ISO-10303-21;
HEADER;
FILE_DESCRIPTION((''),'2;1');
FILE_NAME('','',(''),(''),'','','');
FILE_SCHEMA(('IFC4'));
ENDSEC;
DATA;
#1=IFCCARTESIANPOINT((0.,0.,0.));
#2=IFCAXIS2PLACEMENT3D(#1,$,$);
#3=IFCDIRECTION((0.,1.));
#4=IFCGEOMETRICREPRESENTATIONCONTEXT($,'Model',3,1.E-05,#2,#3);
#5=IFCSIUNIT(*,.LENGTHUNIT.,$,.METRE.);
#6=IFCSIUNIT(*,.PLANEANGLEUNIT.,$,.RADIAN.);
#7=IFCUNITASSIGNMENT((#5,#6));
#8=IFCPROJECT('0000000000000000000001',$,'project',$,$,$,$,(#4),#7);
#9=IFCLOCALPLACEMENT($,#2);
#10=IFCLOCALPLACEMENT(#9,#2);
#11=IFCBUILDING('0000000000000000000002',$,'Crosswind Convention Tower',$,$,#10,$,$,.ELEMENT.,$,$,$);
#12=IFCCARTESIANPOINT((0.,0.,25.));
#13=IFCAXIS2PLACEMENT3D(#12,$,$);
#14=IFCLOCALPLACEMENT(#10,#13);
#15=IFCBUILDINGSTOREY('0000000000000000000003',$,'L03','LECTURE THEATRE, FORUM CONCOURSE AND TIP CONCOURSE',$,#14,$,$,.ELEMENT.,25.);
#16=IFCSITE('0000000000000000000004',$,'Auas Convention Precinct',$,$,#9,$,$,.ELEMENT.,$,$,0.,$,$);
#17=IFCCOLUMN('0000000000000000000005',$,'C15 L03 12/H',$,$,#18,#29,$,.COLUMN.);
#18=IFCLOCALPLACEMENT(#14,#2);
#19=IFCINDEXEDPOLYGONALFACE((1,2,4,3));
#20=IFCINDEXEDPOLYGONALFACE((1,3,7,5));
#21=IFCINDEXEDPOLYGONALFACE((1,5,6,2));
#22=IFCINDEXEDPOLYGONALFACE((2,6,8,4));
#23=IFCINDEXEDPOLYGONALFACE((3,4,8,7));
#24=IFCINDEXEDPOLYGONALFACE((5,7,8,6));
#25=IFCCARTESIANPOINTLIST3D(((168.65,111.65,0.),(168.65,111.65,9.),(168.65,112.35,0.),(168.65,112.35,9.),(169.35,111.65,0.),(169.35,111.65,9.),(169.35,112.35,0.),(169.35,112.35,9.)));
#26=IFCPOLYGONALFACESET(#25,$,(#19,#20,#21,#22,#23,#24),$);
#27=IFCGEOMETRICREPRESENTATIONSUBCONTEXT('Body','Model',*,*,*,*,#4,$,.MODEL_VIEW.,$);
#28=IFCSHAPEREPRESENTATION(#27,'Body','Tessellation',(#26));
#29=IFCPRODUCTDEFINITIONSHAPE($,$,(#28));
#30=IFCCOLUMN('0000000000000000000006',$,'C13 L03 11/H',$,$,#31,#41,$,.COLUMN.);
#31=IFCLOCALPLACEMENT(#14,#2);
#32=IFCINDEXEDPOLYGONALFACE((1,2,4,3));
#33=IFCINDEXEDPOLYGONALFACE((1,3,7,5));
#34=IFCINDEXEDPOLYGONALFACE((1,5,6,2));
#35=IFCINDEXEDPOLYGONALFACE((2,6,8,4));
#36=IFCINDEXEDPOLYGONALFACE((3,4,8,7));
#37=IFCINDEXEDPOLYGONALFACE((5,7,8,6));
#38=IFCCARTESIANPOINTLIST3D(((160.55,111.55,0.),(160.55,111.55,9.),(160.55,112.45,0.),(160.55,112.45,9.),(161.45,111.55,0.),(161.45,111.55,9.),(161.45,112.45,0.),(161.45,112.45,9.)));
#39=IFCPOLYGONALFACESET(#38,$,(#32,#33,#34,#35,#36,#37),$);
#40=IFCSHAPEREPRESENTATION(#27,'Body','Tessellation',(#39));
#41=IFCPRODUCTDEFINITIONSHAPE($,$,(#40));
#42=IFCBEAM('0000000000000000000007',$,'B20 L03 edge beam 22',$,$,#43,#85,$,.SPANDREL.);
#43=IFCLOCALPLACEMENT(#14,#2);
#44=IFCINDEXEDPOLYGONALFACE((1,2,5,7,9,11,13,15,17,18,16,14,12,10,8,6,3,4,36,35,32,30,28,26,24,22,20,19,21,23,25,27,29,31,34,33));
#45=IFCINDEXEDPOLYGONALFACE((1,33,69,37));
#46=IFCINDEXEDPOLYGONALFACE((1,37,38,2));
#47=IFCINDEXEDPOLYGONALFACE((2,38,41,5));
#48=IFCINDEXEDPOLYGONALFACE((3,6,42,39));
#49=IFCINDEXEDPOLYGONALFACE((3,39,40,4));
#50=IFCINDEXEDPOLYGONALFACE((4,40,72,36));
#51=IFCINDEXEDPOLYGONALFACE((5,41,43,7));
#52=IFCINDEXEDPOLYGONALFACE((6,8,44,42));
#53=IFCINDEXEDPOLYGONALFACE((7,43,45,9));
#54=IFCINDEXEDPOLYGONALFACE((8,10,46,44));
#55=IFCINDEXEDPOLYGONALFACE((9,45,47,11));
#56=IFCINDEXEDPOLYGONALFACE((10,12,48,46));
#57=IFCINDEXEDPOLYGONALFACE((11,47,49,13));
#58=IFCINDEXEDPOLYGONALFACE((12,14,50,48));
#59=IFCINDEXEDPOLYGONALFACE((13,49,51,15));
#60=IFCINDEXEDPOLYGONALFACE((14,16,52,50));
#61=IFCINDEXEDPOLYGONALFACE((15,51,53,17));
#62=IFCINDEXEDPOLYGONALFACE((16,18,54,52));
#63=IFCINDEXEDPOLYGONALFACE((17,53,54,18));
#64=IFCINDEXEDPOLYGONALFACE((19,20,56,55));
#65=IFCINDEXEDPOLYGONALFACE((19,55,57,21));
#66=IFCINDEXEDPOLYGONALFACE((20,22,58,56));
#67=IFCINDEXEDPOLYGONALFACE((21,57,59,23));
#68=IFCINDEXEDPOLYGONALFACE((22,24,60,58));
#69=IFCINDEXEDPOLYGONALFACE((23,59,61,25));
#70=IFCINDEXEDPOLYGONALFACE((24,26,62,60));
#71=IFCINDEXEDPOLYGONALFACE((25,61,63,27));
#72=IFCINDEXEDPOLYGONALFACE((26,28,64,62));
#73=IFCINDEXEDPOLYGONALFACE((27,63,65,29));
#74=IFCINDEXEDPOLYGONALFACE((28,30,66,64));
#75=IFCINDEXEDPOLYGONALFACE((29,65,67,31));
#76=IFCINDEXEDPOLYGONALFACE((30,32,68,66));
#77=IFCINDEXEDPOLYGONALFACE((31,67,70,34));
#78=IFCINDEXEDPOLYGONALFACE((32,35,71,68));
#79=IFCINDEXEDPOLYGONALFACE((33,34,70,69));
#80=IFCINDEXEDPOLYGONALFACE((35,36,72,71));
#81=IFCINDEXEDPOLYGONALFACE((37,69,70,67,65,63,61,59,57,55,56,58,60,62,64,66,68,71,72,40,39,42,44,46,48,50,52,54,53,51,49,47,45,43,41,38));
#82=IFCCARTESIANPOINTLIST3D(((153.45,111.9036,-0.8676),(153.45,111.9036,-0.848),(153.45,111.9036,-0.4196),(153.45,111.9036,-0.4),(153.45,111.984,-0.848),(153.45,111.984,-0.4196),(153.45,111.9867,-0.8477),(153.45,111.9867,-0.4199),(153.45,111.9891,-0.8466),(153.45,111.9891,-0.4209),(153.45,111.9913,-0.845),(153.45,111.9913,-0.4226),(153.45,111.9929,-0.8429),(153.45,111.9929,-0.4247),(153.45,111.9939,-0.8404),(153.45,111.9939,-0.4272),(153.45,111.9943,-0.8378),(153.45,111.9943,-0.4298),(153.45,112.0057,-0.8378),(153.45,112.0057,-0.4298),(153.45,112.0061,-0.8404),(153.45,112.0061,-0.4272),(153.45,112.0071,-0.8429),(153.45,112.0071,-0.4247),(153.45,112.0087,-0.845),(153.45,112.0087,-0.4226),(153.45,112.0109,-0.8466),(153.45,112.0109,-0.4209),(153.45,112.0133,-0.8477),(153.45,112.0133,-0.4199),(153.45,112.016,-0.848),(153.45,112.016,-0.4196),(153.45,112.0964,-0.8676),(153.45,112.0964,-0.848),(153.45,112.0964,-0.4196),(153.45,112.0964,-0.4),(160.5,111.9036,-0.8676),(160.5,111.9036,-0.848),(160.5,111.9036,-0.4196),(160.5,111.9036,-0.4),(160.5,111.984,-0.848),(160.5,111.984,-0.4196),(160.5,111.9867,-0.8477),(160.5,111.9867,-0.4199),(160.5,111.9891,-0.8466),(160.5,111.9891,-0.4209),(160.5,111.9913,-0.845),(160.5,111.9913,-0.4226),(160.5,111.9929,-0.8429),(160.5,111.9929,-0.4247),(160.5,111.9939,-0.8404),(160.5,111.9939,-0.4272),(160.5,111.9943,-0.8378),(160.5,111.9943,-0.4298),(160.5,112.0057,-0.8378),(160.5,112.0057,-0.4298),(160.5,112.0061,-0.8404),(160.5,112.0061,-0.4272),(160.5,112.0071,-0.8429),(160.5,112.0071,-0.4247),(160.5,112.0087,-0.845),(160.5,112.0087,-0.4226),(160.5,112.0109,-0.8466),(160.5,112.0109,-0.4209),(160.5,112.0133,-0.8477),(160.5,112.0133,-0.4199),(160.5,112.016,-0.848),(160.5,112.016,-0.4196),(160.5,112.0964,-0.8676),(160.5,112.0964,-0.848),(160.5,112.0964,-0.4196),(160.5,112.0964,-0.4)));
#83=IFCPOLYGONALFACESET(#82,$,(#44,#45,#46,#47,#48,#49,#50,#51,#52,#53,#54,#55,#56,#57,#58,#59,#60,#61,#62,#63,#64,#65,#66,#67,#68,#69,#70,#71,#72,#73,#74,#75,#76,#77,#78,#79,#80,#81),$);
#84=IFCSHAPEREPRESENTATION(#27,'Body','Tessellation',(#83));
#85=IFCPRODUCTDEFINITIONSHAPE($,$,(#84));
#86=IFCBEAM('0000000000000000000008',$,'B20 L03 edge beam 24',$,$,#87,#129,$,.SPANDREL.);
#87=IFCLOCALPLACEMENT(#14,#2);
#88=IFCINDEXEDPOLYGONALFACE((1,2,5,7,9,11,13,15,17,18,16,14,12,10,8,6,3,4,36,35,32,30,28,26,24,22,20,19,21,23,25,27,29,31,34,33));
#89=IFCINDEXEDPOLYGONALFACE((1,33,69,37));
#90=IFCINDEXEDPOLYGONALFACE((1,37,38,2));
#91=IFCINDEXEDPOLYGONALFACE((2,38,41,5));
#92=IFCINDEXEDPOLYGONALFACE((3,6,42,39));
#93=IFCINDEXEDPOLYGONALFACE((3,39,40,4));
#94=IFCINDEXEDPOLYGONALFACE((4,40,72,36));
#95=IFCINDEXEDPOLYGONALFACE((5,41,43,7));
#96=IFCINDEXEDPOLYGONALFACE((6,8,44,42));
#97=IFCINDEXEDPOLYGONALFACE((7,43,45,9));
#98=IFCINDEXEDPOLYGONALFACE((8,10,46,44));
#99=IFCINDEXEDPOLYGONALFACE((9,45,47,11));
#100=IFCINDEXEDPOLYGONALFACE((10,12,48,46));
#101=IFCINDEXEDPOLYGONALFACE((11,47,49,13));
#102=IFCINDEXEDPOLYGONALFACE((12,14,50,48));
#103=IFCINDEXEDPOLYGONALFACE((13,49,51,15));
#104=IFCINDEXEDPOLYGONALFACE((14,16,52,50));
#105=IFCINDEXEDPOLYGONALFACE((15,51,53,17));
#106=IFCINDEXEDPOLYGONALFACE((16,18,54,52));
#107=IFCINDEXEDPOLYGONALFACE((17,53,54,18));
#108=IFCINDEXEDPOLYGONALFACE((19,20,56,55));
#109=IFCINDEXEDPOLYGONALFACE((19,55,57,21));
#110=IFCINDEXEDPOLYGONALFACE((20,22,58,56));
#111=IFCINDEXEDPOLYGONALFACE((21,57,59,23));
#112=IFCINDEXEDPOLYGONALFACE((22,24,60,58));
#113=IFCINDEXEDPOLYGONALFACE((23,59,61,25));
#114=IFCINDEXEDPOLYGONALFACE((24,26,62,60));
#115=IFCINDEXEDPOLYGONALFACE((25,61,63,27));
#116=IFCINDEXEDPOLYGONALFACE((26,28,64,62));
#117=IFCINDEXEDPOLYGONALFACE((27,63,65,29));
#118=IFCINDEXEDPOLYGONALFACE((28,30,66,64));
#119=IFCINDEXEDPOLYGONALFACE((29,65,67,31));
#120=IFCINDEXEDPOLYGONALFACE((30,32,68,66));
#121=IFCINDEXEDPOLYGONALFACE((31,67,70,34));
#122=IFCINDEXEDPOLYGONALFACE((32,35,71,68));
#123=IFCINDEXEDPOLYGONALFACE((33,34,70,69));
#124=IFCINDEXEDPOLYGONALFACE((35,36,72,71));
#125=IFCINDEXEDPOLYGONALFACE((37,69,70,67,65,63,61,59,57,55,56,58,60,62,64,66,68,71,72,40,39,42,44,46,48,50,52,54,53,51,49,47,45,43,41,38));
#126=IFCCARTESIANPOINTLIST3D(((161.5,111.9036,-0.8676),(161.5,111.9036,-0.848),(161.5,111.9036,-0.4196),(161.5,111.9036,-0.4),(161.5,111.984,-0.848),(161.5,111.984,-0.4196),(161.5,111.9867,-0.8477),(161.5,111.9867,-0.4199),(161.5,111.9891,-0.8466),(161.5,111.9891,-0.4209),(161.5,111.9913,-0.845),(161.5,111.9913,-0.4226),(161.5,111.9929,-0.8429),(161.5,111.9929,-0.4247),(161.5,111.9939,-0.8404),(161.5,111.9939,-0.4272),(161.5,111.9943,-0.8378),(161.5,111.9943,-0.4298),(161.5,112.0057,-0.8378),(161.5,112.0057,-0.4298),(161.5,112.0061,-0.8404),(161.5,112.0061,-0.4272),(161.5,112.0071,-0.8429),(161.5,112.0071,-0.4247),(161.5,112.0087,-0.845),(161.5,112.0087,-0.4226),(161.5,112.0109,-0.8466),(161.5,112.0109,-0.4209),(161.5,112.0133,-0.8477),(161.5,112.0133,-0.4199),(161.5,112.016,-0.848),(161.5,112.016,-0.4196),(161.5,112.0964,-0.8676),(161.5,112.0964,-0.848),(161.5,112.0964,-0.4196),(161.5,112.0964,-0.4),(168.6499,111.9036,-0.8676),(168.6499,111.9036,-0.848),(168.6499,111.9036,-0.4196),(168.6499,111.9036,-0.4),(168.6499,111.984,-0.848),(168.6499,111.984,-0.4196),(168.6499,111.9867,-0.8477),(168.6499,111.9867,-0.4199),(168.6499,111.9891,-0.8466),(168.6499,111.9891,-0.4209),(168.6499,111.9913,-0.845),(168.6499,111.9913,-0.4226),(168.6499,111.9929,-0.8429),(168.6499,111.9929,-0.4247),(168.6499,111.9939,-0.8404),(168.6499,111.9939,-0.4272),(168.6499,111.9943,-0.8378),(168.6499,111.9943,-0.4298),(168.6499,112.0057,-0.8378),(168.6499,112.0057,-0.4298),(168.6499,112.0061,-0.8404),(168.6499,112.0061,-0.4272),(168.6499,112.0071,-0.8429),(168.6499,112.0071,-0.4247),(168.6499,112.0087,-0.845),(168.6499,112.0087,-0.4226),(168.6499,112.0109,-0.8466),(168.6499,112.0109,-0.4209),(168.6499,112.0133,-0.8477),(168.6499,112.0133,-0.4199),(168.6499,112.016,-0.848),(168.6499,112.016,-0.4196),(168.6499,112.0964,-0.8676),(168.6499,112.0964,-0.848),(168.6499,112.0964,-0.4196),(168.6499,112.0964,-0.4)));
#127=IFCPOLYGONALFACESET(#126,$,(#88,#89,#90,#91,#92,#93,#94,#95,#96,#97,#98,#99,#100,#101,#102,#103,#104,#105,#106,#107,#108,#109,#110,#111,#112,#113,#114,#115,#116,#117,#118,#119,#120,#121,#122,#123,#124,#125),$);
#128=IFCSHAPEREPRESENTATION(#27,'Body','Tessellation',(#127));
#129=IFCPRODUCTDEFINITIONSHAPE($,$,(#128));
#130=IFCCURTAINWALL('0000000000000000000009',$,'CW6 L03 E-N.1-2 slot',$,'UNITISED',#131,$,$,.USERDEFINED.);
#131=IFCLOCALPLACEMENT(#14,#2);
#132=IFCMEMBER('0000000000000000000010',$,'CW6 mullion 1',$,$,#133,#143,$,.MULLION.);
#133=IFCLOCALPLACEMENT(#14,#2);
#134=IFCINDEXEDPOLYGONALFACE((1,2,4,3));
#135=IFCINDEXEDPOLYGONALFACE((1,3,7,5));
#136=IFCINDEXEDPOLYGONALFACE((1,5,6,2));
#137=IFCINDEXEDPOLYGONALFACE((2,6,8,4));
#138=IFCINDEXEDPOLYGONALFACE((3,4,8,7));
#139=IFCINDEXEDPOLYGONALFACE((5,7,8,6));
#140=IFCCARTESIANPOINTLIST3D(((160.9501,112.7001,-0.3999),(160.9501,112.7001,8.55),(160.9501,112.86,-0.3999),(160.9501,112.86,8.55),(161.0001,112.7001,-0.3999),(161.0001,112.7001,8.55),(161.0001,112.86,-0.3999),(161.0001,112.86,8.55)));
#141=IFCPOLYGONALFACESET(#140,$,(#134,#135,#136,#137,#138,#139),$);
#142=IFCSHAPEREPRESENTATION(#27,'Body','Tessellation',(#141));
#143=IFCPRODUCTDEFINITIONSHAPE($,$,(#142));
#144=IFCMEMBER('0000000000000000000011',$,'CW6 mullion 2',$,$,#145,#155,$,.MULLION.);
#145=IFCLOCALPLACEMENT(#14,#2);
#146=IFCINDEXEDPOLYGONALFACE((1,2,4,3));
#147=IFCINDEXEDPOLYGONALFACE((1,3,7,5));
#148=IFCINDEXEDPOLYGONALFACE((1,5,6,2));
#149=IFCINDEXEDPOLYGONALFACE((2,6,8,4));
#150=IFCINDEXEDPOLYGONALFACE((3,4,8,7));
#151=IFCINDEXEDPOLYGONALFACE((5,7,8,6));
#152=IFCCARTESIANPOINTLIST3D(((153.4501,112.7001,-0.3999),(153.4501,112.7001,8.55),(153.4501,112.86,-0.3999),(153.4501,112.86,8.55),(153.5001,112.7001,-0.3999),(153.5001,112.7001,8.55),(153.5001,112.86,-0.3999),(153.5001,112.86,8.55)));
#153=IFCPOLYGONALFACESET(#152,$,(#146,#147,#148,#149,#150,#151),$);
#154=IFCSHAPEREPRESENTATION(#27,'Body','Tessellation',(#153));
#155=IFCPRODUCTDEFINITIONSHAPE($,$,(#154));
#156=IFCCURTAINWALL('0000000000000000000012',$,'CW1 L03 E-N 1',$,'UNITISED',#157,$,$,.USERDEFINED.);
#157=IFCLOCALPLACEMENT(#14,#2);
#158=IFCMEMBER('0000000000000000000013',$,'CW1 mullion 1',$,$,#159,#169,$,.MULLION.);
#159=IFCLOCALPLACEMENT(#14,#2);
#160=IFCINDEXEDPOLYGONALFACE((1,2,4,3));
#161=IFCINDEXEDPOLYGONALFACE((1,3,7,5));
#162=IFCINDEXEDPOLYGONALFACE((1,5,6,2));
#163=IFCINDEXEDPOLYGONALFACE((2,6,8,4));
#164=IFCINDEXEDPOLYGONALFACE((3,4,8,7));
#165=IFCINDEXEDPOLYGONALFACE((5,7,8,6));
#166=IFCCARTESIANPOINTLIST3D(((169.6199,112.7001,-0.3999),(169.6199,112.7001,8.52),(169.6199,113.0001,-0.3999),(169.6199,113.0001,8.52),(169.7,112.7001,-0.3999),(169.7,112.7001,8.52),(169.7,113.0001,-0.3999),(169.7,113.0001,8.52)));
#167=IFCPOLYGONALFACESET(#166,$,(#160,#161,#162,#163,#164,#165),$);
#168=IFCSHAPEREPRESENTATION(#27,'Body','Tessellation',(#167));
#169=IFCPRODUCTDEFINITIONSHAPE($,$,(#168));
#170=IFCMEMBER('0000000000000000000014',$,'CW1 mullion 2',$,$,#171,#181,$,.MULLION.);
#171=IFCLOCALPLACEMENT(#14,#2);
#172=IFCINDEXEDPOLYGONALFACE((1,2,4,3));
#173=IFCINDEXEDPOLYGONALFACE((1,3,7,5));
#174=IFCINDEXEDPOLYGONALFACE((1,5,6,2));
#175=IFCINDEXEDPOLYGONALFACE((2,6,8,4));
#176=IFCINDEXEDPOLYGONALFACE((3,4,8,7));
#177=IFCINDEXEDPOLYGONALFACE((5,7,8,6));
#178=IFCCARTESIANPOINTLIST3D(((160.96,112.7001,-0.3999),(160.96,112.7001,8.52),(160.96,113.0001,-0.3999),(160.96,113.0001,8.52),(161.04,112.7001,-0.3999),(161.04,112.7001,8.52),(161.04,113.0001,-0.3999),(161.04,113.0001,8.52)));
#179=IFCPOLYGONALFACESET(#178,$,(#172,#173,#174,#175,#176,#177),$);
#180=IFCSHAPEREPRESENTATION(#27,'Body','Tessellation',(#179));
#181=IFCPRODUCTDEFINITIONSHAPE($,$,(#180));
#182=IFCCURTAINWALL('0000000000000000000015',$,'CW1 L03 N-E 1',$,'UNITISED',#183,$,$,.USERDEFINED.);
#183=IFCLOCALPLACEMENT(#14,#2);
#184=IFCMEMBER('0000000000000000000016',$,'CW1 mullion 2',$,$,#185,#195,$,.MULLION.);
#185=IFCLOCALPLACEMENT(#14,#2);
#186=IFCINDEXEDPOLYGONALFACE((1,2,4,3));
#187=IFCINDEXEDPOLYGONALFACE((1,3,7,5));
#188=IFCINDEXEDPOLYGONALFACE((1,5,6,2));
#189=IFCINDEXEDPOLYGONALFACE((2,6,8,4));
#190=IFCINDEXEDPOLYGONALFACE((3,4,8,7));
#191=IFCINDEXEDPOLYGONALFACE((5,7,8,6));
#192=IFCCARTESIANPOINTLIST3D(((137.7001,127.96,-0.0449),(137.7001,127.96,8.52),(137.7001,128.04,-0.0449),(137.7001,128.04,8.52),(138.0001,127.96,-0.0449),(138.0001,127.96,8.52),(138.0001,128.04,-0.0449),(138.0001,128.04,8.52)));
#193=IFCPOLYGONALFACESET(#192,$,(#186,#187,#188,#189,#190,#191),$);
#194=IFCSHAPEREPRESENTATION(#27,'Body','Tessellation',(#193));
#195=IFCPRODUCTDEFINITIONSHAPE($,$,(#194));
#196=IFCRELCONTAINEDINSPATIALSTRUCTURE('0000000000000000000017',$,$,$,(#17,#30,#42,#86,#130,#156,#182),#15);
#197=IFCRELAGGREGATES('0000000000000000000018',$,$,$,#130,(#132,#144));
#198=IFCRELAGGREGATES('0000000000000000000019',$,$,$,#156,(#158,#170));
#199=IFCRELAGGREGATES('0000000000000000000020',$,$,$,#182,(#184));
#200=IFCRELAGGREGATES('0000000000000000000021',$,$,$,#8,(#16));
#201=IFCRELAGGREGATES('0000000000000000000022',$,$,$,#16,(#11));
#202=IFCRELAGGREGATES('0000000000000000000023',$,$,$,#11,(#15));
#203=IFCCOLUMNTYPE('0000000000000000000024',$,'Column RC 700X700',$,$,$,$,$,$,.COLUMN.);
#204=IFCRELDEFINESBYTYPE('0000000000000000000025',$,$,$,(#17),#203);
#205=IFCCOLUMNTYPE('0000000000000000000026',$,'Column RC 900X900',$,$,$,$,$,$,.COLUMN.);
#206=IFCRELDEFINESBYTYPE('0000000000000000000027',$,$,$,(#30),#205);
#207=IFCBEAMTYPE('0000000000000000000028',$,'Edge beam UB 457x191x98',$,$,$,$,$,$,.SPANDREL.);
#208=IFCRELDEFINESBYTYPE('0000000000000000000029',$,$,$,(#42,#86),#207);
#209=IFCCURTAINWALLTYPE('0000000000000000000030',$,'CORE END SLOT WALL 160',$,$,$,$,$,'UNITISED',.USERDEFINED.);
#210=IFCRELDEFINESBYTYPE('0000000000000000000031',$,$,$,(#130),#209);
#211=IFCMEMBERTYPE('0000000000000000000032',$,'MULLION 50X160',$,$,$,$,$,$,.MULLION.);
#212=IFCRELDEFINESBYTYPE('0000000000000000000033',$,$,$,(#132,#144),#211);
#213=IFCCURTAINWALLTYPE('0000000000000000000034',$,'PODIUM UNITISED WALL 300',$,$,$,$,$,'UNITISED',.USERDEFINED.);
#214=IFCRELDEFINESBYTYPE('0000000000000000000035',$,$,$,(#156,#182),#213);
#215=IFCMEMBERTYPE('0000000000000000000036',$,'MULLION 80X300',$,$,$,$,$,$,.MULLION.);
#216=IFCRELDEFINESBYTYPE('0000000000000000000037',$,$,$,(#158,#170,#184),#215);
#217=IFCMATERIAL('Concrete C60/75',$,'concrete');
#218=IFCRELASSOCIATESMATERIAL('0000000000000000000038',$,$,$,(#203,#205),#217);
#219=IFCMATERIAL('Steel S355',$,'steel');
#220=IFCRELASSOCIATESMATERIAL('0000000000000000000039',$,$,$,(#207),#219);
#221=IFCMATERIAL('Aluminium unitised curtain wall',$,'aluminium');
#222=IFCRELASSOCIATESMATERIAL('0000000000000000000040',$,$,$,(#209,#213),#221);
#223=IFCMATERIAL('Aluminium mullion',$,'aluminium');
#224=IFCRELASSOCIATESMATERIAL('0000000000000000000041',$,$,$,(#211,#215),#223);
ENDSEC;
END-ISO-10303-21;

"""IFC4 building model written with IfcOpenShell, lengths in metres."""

from ifc_helpers import new_model, si_unit, direction, frame, origin, origin_2d, place, context, subcontext, project, spatial, rectangle, i_section, extrude, material, material_profile, profile_set, type_object, element, aggregate, save


model = new_model("IFC4")

# Units and contexts
model_context = context("Model", 3, precision=1e-05, world=origin(), true_north=direction((0.0, 1.0)))
body_context = subcontext(model_context, "Body", "Model", "MODEL_VIEW")
ifc_project = project(units=[si_unit("LENGTHUNIT", "METRE"), si_unit("PLANEANGLEUNIT", "RADIAN")], contexts=[model_context])

# Site, building, storey
site_placement = place(None, origin())
site = spatial("IfcSite", under=ifc_project, at=site_placement, Name="Auas Convention Precinct", CompositionType="ELEMENT", RefElevation=0.0)
building_placement = place(site_placement, origin())
building = spatial("IfcBuilding", under=site, at=building_placement, Name="Crosswind Convention Tower", CompositionType="ELEMENT")
storey_placement = place(building_placement, frame((0.0, 0.0, 25.0)))
storey = spatial("IfcBuildingStorey", under=building, at=storey_placement, Name="L03", Description="LECTURE THEATRE, FORUM CONCOURSE AND TIP CONCOURSE", CompositionType="ELEMENT", Elevation=25.0)

# Columns
ifc_material_1 = material(Name="Concrete C60/75", Category="concrete")
ifc_material_profile_1 = material_profile(ifc_material_1, rectangle(XDim=0.7, YDim=0.7, at=origin_2d()), Name="RC 700X700")
ifc_profile_set_1 = profile_set([ifc_material_profile_1], Name="Concrete C60/75")
column_type_1 = type_object("IfcColumnType", Name="Column RC 700X700", PredefinedType="COLUMN", material=ifc_profile_set_1)
column_1_placement = place(storey_placement, frame((169.0, 112.0, 0.0), z_axis=(0.0, 0.0, 1.0), x_axis=(1.0, 0.0, 0.0)))
element("IfcColumn", 1, at=column_1_placement, inside=storey, type_object=column_type_1, Name="C15 L03 12/H", PredefinedType="COLUMN", context=body_context, shape_type="SweptSolid", body=[
    extrude(rectangle(XDim=0.7, YDim=0.7, at=origin_2d()), origin(), (0.0, 0.0, 1.0), 9.0),
])
ifc_material_profile_2 = material_profile(ifc_material_1, rectangle(XDim=0.8999, YDim=0.8999, at=origin_2d()), Name="RC 900X900")
ifc_profile_set_2 = profile_set([ifc_material_profile_2], Name="Concrete C60/75")
column_type_2 = type_object("IfcColumnType", Name="Column RC 900X900", PredefinedType="COLUMN", material=ifc_profile_set_2)
column_2_placement = place(storey_placement, frame((161.0, 112.0, 0.0), z_axis=(0.0, 0.0, 1.0), x_axis=(1.0, 0.0, 0.0)))
element("IfcColumn", 2, at=column_2_placement, inside=storey, type_object=column_type_2, Name="C13 L03 11/H", PredefinedType="COLUMN", context=body_context, shape_type="SweptSolid", body=[
    extrude(rectangle(XDim=0.8999, YDim=0.8999, at=origin_2d()), origin(), (0.0, 0.0, 1.0), 9.0),
])

# Beams
ifc_material_2 = material(Name="Steel S355", Category="steel")
ifc_material_profile_3 = material_profile(ifc_material_2, i_section(OverallWidth=0.1929, OverallDepth=0.4675, WebThickness=0.0115, FlangeThickness=0.0195, FilletRadius=0.0103, at=origin_2d()), Name="UB 457x191x98")
ifc_profile_set_3 = profile_set([ifc_material_profile_3], Name="Steel S355")
beam_type_1 = type_object("IfcBeamType", Name="Edge beam UB 457x191x98", PredefinedType="SPANDREL", material=ifc_profile_set_3)
beam_1_placement = place(storey_placement, frame((153.45, 112.0, -0.6338), z_axis=(1.0, 0.0, 0.0), x_axis=(0.0, 1.0, 0.0)))
element("IfcBeam", 3, at=beam_1_placement, inside=storey, type_object=beam_type_1, Name="B20 L03 edge beam 22", PredefinedType="SPANDREL", context=body_context, shape_type="SweptSolid", body=[
    extrude(i_section(OverallWidth=0.1929, OverallDepth=0.4675, WebThickness=0.0115, FlangeThickness=0.0195, FilletRadius=0.0103, at=origin_2d()), origin(), (0.0, 0.0, 1.0), 7.05),
])
beam_2_placement = place(storey_placement, frame((161.5, 112.0, -0.6338), z_axis=(1.0, 0.0, 0.0), x_axis=(0.0, 1.0, 0.0)))
element("IfcBeam", 4, at=beam_2_placement, inside=storey, type_object=beam_type_1, Name="B20 L03 edge beam 24", PredefinedType="SPANDREL", context=body_context, shape_type="SweptSolid", body=[
    extrude(i_section(OverallWidth=0.1929, OverallDepth=0.4675, WebThickness=0.0115, FlangeThickness=0.0195, FilletRadius=0.0103, at=origin_2d()), origin(), (0.0, 0.0, 1.0), 7.1499),
])

# Curtain walls, members
ifc_material_3 = material(Name="Aluminium unitised curtain wall", Category="aluminium")
curtain_wall_type_1 = type_object("IfcCurtainWallType", Name="CORE END SLOT WALL 160", ElementType="UNITISED", PredefinedType="USERDEFINED", material=ifc_material_3)
curtain_wall_1_placement = place(storey_placement, origin())
curtain_wall_1 = element("IfcCurtainWall", 5, at=curtain_wall_1_placement, inside=storey, type_object=curtain_wall_type_1, Name="CW6 L03 E-N.1-2 slot", ObjectType="UNITISED", PredefinedType="USERDEFINED")
ifc_material_4 = material(Name="Aluminium mullion", Category="aluminium")
ifc_material_profile_4 = material_profile(ifc_material_4, rectangle(XDim=0.1599, YDim=0.05, at=origin_2d()), Name="AL 160X50")
ifc_profile_set_4 = profile_set([ifc_material_profile_4], Name="Aluminium mullion")
member_type_1 = type_object("IfcMemberType", Name="MULLION 50X160", PredefinedType="MULLION", material=ifc_profile_set_4)
member_1_placement = place(storey_placement, frame((160.9751, 112.78, -0.3999), z_axis=(0.0, 0.0, 1.0), x_axis=(0.0, 1.0, 0.0)))
member_1 = element("IfcMember", 6, at=member_1_placement, type_object=member_type_1, Name="CW6 mullion 1", PredefinedType="MULLION", context=body_context, shape_type="SweptSolid", body=[
    extrude(rectangle(XDim=0.1599, YDim=0.05, at=origin_2d()), origin(), (0.0, 0.0, 1.0), 8.95),
])
member_2_placement = place(storey_placement, frame((153.4751, 112.78, -0.3999), z_axis=(0.0, 0.0, 1.0), x_axis=(0.0, 1.0, 0.0)))
member_2 = element("IfcMember", 7, at=member_2_placement, type_object=member_type_1, Name="CW6 mullion 2", PredefinedType="MULLION", context=body_context, shape_type="SweptSolid", body=[
    extrude(rectangle(XDim=0.1599, YDim=0.05, at=origin_2d()), origin(), (0.0, 0.0, 1.0), 8.95),
])
curtain_wall_type_2 = type_object("IfcCurtainWallType", Name="PODIUM UNITISED WALL 300", ElementType="UNITISED", PredefinedType="USERDEFINED", material=ifc_material_3)
curtain_wall_2_placement = place(storey_placement, origin())
curtain_wall_2 = element("IfcCurtainWall", 8, at=curtain_wall_2_placement, inside=storey, type_object=curtain_wall_type_2, Name="CW1 L03 E-N 1", ObjectType="UNITISED", PredefinedType="USERDEFINED")
ifc_material_profile_5 = material_profile(ifc_material_4, rectangle(XDim=0.3, YDim=0.0801, at=origin_2d()), Name="AL 300X80")
ifc_profile_set_5 = profile_set([ifc_material_profile_5], Name="Aluminium mullion")
member_type_2 = type_object("IfcMemberType", Name="MULLION 80X300", PredefinedType="MULLION", material=ifc_profile_set_5)
member_3_placement = place(storey_placement, frame((169.6599, 112.8501, -0.3999), z_axis=(0.0, 0.0, 1.0), x_axis=(0.0, 1.0, 0.0)))
member_3 = element("IfcMember", 9, at=member_3_placement, type_object=member_type_2, Name="CW1 mullion 1", PredefinedType="MULLION", context=body_context, shape_type="SweptSolid", body=[
    extrude(rectangle(XDim=0.3, YDim=0.0801, at=origin_2d()), origin(), (0.0, 0.0, 1.0), 8.9199),
])
member_4_placement = place(storey_placement, frame((161.0, 112.8501, -0.3999), z_axis=(0.0, 0.0, 1.0), x_axis=(0.0, 1.0, 0.0)))
member_4 = element("IfcMember", 10, at=member_4_placement, type_object=member_type_2, Name="CW1 mullion 2", PredefinedType="MULLION", context=body_context, shape_type="SweptSolid", body=[
    extrude(rectangle(XDim=0.3, YDim=0.0801, at=origin_2d()), origin(), (0.0, 0.0, 1.0), 8.9199),
])
curtain_wall_3_placement = place(storey_placement, origin())
curtain_wall_3 = element("IfcCurtainWall", 11, at=curtain_wall_3_placement, inside=storey, type_object=curtain_wall_type_2, Name="CW1 L03 N-E 1", ObjectType="UNITISED", PredefinedType="USERDEFINED")
member_5_placement = place(storey_placement, frame((137.8501, 128.0, -0.0449), z_axis=(0.0, 0.0, 1.0), x_axis=(1.0, 0.0, 0.0)))
member_5 = element("IfcMember", 12, at=member_5_placement, type_object=member_type_2, Name="CW1 mullion 2", PredefinedType="MULLION", context=body_context, shape_type="SweptSolid", body=[
    extrude(rectangle(XDim=0.3, YDim=0.0801, at=origin_2d()), origin(), (0.0, 0.0, 1.0), 8.5649),
])

aggregate(curtain_wall_1, [member_1, member_2])

aggregate(curtain_wall_2, [member_3, member_4])
aggregate(curtain_wall_3, [member_5])

save(model, "model.ifc")
